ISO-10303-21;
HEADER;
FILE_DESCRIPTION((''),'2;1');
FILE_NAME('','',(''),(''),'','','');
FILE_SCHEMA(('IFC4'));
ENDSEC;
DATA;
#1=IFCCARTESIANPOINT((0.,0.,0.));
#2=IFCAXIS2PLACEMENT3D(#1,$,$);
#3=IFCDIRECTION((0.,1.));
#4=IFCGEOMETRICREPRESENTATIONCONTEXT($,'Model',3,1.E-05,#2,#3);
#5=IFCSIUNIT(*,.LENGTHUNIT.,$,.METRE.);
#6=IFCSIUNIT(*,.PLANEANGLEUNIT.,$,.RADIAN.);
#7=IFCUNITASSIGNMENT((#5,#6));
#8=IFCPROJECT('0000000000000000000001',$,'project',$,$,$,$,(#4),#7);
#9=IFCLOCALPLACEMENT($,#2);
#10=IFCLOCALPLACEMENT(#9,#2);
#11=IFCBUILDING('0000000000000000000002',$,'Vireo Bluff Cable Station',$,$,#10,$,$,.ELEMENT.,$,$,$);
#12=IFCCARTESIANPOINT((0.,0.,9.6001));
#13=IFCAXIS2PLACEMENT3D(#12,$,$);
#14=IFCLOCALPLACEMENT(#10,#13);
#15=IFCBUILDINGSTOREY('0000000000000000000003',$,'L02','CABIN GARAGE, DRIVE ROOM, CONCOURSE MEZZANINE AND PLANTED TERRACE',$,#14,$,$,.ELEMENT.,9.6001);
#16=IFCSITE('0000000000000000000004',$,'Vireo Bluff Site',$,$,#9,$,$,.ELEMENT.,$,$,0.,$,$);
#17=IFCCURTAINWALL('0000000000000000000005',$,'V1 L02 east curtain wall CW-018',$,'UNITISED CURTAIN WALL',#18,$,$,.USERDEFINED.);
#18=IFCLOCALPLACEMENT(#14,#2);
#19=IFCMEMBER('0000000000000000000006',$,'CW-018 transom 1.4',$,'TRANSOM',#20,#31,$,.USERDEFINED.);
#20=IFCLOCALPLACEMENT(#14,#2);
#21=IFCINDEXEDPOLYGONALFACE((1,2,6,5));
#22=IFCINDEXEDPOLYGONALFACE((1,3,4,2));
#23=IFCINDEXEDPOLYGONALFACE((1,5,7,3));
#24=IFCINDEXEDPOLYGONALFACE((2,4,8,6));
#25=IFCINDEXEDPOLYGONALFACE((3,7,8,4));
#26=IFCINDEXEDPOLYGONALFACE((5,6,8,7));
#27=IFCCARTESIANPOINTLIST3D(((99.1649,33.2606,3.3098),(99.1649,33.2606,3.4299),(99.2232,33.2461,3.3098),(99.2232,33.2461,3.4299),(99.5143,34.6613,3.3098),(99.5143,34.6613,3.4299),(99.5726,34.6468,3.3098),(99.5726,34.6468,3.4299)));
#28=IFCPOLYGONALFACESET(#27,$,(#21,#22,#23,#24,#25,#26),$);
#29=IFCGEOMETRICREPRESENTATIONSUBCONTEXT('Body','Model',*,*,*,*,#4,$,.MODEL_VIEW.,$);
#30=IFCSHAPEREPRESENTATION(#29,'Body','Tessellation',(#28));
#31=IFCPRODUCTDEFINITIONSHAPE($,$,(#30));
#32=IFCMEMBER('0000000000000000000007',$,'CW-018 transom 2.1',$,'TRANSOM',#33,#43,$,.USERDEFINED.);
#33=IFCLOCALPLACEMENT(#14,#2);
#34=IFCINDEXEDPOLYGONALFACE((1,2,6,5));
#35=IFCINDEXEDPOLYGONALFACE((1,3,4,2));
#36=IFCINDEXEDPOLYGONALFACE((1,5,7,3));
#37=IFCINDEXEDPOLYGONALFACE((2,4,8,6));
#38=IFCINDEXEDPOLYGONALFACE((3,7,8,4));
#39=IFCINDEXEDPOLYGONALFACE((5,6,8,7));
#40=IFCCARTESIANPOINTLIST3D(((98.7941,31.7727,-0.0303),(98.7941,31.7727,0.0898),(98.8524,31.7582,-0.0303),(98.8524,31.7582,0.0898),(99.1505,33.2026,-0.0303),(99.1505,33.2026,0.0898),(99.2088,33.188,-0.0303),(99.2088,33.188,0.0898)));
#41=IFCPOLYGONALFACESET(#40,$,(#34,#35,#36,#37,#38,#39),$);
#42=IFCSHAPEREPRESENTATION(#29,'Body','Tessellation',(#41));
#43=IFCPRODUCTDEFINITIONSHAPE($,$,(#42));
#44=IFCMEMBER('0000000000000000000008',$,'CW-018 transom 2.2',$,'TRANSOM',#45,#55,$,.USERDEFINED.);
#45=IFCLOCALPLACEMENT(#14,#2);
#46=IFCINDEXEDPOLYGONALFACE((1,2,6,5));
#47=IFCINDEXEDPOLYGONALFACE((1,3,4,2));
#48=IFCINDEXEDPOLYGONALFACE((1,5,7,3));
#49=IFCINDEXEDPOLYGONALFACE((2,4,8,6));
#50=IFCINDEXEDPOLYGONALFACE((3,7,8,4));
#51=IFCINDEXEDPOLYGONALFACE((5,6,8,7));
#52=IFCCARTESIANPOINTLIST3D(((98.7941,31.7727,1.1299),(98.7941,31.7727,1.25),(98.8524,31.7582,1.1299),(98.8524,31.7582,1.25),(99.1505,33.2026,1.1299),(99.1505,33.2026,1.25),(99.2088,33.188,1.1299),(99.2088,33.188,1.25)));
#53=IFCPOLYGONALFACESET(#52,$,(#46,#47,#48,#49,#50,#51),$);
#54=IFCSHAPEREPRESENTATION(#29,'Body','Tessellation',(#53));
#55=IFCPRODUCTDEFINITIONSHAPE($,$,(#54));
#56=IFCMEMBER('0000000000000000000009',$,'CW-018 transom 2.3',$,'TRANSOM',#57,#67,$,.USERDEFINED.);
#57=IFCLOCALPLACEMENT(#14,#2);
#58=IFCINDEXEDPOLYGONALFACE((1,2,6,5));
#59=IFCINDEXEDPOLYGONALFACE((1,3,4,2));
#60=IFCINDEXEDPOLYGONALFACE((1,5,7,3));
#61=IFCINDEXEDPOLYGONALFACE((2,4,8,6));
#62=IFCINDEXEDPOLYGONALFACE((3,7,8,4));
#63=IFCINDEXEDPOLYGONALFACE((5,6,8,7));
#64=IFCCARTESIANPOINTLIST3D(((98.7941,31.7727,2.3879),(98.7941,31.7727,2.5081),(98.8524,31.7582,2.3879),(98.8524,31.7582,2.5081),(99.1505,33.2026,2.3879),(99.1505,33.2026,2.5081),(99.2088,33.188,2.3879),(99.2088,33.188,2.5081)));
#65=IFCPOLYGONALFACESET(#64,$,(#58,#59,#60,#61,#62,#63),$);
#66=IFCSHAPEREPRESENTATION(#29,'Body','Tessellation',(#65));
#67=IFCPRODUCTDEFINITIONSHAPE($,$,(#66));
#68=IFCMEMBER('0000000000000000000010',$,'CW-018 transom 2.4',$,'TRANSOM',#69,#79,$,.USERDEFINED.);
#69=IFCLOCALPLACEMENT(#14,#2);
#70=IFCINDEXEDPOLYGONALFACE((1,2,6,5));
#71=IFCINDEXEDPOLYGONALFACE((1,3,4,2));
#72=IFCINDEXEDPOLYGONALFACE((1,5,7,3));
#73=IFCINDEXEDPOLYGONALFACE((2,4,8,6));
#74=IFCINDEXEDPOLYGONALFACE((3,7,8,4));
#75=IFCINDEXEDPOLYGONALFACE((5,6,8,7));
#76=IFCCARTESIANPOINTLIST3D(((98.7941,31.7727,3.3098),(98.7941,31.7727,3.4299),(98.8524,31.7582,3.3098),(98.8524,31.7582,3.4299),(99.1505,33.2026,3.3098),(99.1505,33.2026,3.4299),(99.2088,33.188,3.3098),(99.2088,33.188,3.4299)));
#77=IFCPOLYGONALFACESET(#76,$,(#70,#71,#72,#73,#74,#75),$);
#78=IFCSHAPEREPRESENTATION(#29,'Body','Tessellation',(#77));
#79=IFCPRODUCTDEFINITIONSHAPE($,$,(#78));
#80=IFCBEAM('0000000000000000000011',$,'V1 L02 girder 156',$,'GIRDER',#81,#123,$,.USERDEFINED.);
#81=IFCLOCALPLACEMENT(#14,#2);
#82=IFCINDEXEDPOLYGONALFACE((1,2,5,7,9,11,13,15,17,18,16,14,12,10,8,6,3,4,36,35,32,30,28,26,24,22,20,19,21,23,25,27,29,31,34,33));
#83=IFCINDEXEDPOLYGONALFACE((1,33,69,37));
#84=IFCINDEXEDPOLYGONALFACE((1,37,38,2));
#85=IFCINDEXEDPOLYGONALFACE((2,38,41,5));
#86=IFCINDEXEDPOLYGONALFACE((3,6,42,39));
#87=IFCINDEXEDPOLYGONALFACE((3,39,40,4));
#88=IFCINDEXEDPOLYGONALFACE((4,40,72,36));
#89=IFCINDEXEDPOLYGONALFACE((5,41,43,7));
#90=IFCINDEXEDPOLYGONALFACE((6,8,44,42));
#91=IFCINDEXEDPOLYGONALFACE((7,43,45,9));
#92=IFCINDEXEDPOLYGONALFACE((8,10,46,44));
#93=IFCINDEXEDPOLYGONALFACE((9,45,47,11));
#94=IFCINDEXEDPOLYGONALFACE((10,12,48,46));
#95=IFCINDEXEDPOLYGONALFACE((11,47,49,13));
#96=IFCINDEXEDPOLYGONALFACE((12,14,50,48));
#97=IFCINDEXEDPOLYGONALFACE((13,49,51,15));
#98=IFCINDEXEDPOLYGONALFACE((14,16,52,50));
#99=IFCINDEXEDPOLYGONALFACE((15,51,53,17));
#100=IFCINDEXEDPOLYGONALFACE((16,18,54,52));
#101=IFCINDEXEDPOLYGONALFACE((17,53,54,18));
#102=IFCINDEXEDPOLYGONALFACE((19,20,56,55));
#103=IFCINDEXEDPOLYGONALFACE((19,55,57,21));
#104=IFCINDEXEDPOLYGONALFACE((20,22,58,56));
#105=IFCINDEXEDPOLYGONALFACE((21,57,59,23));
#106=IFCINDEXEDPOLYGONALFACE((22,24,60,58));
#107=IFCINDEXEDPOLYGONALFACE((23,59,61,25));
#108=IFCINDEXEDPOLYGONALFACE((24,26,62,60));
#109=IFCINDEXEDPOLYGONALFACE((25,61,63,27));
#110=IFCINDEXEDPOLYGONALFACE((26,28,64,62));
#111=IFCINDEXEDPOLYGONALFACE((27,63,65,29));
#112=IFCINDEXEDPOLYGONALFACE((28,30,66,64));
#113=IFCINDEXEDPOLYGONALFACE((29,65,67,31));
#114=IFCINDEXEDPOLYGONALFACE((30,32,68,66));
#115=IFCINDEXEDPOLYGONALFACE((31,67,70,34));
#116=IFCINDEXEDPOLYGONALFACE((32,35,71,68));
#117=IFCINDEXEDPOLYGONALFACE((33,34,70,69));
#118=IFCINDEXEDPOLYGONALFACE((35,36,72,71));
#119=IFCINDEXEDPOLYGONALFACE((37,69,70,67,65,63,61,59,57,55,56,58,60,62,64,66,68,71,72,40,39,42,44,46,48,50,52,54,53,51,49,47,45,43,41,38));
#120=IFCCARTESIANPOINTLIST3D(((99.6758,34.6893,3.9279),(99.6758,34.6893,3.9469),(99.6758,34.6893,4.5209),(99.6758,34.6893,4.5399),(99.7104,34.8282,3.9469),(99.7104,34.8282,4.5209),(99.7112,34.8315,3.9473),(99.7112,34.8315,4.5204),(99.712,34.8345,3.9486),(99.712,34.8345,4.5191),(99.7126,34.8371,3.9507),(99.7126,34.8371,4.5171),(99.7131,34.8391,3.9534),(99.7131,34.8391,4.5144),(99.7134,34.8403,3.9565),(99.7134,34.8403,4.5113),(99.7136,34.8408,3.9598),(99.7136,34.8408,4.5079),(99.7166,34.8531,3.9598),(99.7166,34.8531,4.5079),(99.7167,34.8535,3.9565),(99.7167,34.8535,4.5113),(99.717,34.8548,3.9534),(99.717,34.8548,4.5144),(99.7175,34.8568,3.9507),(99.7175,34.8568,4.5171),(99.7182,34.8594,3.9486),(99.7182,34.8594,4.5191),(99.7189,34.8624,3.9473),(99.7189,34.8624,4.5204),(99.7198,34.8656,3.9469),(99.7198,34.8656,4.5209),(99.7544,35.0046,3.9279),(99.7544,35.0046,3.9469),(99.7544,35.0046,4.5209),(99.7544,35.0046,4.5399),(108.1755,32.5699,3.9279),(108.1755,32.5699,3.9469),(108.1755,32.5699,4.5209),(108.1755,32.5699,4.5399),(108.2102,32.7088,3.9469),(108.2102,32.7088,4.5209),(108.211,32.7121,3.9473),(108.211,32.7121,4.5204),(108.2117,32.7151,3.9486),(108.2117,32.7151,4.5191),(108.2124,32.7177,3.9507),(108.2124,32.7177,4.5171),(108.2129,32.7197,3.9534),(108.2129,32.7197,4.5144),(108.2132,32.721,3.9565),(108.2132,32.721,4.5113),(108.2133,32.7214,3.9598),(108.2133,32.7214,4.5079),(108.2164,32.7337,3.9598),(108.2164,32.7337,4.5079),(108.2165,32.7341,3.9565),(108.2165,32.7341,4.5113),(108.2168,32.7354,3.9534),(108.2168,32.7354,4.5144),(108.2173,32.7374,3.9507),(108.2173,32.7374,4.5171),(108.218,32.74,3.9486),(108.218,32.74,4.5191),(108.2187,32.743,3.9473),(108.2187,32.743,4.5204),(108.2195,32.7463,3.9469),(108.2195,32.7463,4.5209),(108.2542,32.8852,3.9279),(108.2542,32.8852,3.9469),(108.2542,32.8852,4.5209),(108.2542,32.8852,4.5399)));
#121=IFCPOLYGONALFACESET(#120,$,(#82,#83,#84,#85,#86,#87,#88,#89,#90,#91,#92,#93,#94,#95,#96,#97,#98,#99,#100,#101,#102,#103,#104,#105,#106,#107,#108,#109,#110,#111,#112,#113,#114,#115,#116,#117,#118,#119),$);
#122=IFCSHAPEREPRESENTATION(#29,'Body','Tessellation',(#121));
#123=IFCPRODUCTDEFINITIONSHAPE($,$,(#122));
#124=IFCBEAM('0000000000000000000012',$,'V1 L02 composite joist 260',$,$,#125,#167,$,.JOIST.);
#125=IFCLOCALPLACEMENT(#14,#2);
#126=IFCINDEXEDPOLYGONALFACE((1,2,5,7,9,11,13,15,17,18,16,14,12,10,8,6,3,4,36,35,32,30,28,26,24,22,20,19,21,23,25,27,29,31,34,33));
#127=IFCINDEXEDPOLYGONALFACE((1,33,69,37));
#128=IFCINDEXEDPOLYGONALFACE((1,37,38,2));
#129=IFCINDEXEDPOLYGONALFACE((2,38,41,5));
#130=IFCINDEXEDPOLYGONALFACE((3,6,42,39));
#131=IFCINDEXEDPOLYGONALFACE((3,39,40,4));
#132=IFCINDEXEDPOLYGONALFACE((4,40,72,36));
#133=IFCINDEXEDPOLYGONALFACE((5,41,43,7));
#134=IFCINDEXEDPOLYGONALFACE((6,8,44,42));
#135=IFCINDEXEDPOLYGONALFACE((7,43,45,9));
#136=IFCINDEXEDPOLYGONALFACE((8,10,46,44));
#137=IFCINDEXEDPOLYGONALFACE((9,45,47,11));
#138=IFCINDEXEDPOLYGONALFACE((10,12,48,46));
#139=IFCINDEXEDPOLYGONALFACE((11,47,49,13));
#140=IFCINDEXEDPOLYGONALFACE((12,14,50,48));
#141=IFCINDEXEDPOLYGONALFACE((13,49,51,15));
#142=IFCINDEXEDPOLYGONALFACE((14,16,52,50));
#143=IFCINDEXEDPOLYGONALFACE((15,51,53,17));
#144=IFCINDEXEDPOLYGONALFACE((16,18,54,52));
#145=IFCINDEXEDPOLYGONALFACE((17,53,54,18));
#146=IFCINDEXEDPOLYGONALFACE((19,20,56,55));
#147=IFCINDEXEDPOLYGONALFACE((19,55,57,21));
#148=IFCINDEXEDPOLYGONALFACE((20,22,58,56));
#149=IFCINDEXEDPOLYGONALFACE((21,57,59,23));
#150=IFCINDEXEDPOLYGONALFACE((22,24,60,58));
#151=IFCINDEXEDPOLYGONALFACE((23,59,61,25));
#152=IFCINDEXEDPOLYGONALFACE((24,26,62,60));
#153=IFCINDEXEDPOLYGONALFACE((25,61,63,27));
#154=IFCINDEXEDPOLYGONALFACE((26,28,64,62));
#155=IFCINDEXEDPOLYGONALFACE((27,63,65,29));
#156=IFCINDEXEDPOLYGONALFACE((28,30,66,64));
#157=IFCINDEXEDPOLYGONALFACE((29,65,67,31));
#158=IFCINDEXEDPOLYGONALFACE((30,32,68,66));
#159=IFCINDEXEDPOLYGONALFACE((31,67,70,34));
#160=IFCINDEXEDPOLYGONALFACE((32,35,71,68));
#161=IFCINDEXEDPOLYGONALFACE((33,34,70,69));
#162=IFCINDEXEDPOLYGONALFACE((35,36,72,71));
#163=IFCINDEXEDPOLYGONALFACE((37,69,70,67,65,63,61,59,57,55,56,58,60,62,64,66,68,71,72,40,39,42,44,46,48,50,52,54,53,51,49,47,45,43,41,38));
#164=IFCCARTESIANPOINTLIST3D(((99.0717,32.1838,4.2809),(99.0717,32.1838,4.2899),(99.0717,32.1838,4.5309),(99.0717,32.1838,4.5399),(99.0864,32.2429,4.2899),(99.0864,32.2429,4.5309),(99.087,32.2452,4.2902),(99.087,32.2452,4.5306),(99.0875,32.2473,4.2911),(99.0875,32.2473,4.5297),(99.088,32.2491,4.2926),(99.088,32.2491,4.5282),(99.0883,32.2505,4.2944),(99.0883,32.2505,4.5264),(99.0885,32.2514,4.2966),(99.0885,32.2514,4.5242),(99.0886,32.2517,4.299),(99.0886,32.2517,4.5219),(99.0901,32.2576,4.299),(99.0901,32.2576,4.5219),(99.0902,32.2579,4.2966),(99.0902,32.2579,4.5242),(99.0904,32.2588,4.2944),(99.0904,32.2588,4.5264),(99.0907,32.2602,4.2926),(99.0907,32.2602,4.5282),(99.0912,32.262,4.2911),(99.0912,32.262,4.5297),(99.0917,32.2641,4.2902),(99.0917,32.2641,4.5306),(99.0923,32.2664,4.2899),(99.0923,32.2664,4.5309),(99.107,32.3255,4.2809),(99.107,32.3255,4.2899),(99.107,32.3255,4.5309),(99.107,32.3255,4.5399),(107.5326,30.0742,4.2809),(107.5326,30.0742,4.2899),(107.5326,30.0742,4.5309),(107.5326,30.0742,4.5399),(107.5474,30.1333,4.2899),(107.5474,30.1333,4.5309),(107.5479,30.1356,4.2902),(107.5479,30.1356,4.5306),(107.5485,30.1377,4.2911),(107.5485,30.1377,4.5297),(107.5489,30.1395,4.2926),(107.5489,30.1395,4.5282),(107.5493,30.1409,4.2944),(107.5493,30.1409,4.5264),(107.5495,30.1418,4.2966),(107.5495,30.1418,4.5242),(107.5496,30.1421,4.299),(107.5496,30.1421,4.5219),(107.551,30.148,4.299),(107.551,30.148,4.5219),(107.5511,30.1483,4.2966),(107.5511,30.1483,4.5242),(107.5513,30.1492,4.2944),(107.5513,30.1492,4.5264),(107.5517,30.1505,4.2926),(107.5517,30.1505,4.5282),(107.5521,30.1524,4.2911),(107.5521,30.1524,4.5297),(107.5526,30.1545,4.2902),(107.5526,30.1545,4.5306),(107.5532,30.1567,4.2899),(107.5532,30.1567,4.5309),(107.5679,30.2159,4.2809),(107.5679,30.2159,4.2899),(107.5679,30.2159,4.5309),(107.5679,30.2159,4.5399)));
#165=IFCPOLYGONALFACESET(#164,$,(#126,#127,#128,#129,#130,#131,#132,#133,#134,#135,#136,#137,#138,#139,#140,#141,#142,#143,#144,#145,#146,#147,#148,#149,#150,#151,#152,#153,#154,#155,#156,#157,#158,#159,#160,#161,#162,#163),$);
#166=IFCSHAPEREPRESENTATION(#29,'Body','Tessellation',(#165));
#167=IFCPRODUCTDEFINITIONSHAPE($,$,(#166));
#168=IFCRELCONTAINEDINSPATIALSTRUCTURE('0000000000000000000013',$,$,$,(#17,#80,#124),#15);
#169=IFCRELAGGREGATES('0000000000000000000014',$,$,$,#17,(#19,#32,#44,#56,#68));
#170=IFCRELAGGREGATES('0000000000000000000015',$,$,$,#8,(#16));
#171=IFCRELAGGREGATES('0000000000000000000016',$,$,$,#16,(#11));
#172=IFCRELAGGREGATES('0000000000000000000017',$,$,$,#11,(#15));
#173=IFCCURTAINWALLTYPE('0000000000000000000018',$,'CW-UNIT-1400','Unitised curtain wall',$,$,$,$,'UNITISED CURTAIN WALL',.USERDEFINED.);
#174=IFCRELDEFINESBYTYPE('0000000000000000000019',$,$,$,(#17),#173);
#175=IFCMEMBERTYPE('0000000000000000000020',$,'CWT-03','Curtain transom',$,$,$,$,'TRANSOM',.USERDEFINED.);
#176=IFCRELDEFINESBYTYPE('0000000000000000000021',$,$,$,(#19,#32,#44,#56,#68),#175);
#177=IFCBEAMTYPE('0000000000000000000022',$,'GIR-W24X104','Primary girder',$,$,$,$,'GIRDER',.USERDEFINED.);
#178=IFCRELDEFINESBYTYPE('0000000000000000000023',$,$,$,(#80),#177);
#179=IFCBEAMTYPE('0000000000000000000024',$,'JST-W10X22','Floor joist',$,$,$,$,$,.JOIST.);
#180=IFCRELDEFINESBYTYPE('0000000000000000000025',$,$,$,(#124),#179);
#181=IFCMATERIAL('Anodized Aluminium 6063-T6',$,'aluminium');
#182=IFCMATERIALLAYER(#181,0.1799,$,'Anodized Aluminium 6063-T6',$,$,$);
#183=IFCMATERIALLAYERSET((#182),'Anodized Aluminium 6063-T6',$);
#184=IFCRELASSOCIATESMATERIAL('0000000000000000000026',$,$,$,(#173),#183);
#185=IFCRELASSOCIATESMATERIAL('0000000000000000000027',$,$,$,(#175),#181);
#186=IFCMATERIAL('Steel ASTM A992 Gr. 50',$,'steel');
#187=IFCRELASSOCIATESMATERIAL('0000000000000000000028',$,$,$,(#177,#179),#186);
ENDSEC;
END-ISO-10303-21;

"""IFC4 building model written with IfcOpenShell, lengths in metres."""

from ifc_helpers import new_model, si_unit, direction, frame, origin, origin_2d, place, context, subcontext, project, spatial, rectangle, i_section, extrude, material, layer, layer_set, material_profile, profile_set, type_object, element, aggregate, save


model = new_model("IFC4")

# Units and contexts
model_context = context("Model", 3, precision=1e-05, world=origin(), true_north=direction((0.0, 1.0)))
body_context = subcontext(model_context, "Body", "Model", "MODEL_VIEW")
ifc_project = project(units=[si_unit("LENGTHUNIT", "METRE"), si_unit("PLANEANGLEUNIT", "RADIAN")], contexts=[model_context])

# Site, building, storey
site_placement = place(None, origin())
site = spatial("IfcSite", under=ifc_project, at=site_placement, Name="Vireo Bluff Site", CompositionType="ELEMENT", RefElevation=0.0)
building_placement = place(site_placement, origin())
building = spatial("IfcBuilding", under=site, at=building_placement, Name="Vireo Bluff Cable Station", CompositionType="ELEMENT")
storey_placement = place(building_placement, frame((0.0, 0.0, 9.6001)))
storey = spatial("IfcBuildingStorey", under=building, at=storey_placement, Name="L02", Description="CABIN GARAGE, DRIVE ROOM, CONCOURSE MEZZANINE AND PLANTED TERRACE", CompositionType="ELEMENT", Elevation=9.6001)

# Shared definitions
ifc_material_1 = material(Name="Steel ASTM A992 Gr. 50", Category="steel")

# Shared definitions
ifc_material_2 = material(Name="Anodized Aluminium 6063-T6", Category="aluminium")

# Curtain wall, members
ifc_layer_1 = layer(ifc_material_2, 0.1799, Name="Anodized Aluminium 6063-T6")
ifc_layer_set_1 = layer_set([ifc_layer_1], Name="Anodized Aluminium 6063-T6")
curtain_wall_type_1 = type_object("IfcCurtainWallType", Name="CW-UNIT-1400", Description="Unitised curtain wall", ElementType="UNITISED CURTAIN WALL", PredefinedType="USERDEFINED", material=ifc_layer_set_1)
curtain_wall_1_placement = place(storey_placement, origin())
curtain_wall_1 = element("IfcCurtainWall", 1, at=curtain_wall_1_placement, inside=storey, type_object=curtain_wall_type_1, Name="V1 L02 east curtain wall CW-018", ObjectType="UNITISED CURTAIN WALL", PredefinedType="USERDEFINED")
ifc_material_profile_1 = material_profile(ifc_material_2, rectangle(XDim=0.0601, YDim=0.1201, at=origin_2d()), Name="ALU-T-60X120")
ifc_profile_set_1 = profile_set([ifc_material_profile_1], Name="Anodized Aluminium 6063-T6")
member_type_1 = type_object("IfcMemberType", Name="CWT-03", Description="Curtain transom", ElementType="TRANSOM", PredefinedType="USERDEFINED", material=ifc_profile_set_1)
member_1_placement = place(storey_placement, frame((99.5435, 34.6541, 3.3699), z_axis=(-0.242018, -0.970272, 0.0), x_axis=(0.970272, -0.242018, 0.0)))
member_1 = element("IfcMember", 2, at=member_1_placement, type_object=member_type_1, Name="CW-018 transom 1.4", ObjectType="TRANSOM", PredefinedType="USERDEFINED", context=body_context, shape_type="SweptSolid", body=[
    extrude(rectangle(XDim=0.0601, YDim=0.1201, at=origin_2d()), origin(), (0.0, 0.0, 1.0), 1.4436),
])
member_2_placement = place(storey_placement, frame((99.1797, 33.1953, 0.0298), z_axis=(-0.241873, -0.970308, 0.0), x_axis=(0.970308, -0.241873, 0.0)))
member_2 = element("IfcMember", 3, at=member_2_placement, type_object=member_type_1, Name="CW-018 transom 2.1", ObjectType="TRANSOM", PredefinedType="USERDEFINED", context=body_context, shape_type="SweptSolid", body=[
    extrude(rectangle(XDim=0.0601, YDim=0.1201, at=origin_2d()), origin(), (0.0, 0.0, 1.0), 1.4736),
])
member_3_placement = place(storey_placement, frame((99.1797, 33.1953, 1.1899), z_axis=(-0.241873, -0.970308, 0.0), x_axis=(0.970308, -0.241873, 0.0)))
member_3 = element("IfcMember", 4, at=member_3_placement, type_object=member_type_1, Name="CW-018 transom 2.2", ObjectType="TRANSOM", PredefinedType="USERDEFINED", context=body_context, shape_type="SweptSolid", body=[
    extrude(rectangle(XDim=0.0601, YDim=0.1201, at=origin_2d()), origin(), (0.0, 0.0, 1.0), 1.4736),
])
member_4_placement = place(storey_placement, frame((99.1797, 33.1953, 2.448), z_axis=(-0.241873, -0.970308, 0.0), x_axis=(0.970308, -0.241873, 0.0)))
member_4 = element("IfcMember", 5, at=member_4_placement, type_object=member_type_1, Name="CW-018 transom 2.3", ObjectType="TRANSOM", PredefinedType="USERDEFINED", context=body_context, shape_type="SweptSolid", body=[
    extrude(rectangle(XDim=0.0601, YDim=0.1201, at=origin_2d()), origin(), (0.0, 0.0, 1.0), 1.4736),
])
member_5_placement = place(storey_placement, frame((99.1797, 33.1953, 3.3699), z_axis=(-0.241873, -0.970308, 0.0), x_axis=(0.970308, -0.241873, 0.0)))
member_5 = element("IfcMember", 6, at=member_5_placement, type_object=member_type_1, Name="CW-018 transom 2.4", ObjectType="TRANSOM", PredefinedType="USERDEFINED", context=body_context, shape_type="SweptSolid", body=[
    extrude(rectangle(XDim=0.0601, YDim=0.1201, at=origin_2d()), origin(), (0.0, 0.0, 1.0), 1.4736),
])

# Beams
ifc_material_profile_2 = material_profile(ifc_material_1, i_section(OverallWidth=0.325, OverallDepth=0.6121, WebThickness=0.0127, FlangeThickness=0.019, FilletRadius=0.0129, at=origin_2d()), Name="W24X104")
ifc_profile_set_2 = profile_set([ifc_material_profile_2], Name="Steel ASTM A992 Gr. 50")
beam_type_1 = type_object("IfcBeamType", Name="GIR-W24X104", Description="Primary girder", ElementType="GIRDER", PredefinedType="USERDEFINED", material=ifc_profile_set_2)
beam_1_placement = place(storey_placement, frame((99.7151, 34.8469, 4.2339), z_axis=(0.970292, -0.241939, 0.0), x_axis=(0.241939, 0.970292, 0.0)))
element("IfcBeam", 7, at=beam_1_placement, inside=storey, type_object=beam_type_1, Name="V1 L02 girder 156", ObjectType="GIRDER", PredefinedType="USERDEFINED", context=body_context, shape_type="SweptSolid", body=[
    extrude(i_section(OverallWidth=0.325, OverallDepth=0.6121, WebThickness=0.0127, FlangeThickness=0.019, FilletRadius=0.0129, at=origin_2d()), origin(), (0.0, 0.0, 1.0), 8.76),
])
ifc_material_profile_3 = material_profile(ifc_material_1, i_section(OverallWidth=0.146, OverallDepth=0.259, WebThickness=0.0061, FlangeThickness=0.009, FilletRadius=0.009, at=origin_2d()), Name="W10X22")
ifc_profile_set_3 = profile_set([ifc_material_profile_3], Name="Steel ASTM A992 Gr. 50")
beam_type_2 = type_object("IfcBeamType", Name="JST-W10X22", Description="Floor joist", PredefinedType="JOIST", material=ifc_profile_set_3)
beam_2_placement = place(storey_placement, frame((99.0894, 32.2546, 4.4104), z_axis=(0.970294, -0.24193, 0.0), x_axis=(0.24193, 0.970294, 0.0)))
element("IfcBeam", 8, at=beam_2_placement, inside=storey, type_object=beam_type_2, Name="V1 L02 composite joist 260", PredefinedType="JOIST", context=body_context, shape_type="SweptSolid", body=[
    extrude(i_section(OverallWidth=0.146, OverallDepth=0.259, WebThickness=0.0061, FlangeThickness=0.009, FilletRadius=0.009, at=origin_2d()), origin(), (0.0, 0.0, 1.0), 8.72),
])

aggregate(curtain_wall_1, [member_1, member_2, member_3, member_4, member_5])

save(model, "model.ifc")
